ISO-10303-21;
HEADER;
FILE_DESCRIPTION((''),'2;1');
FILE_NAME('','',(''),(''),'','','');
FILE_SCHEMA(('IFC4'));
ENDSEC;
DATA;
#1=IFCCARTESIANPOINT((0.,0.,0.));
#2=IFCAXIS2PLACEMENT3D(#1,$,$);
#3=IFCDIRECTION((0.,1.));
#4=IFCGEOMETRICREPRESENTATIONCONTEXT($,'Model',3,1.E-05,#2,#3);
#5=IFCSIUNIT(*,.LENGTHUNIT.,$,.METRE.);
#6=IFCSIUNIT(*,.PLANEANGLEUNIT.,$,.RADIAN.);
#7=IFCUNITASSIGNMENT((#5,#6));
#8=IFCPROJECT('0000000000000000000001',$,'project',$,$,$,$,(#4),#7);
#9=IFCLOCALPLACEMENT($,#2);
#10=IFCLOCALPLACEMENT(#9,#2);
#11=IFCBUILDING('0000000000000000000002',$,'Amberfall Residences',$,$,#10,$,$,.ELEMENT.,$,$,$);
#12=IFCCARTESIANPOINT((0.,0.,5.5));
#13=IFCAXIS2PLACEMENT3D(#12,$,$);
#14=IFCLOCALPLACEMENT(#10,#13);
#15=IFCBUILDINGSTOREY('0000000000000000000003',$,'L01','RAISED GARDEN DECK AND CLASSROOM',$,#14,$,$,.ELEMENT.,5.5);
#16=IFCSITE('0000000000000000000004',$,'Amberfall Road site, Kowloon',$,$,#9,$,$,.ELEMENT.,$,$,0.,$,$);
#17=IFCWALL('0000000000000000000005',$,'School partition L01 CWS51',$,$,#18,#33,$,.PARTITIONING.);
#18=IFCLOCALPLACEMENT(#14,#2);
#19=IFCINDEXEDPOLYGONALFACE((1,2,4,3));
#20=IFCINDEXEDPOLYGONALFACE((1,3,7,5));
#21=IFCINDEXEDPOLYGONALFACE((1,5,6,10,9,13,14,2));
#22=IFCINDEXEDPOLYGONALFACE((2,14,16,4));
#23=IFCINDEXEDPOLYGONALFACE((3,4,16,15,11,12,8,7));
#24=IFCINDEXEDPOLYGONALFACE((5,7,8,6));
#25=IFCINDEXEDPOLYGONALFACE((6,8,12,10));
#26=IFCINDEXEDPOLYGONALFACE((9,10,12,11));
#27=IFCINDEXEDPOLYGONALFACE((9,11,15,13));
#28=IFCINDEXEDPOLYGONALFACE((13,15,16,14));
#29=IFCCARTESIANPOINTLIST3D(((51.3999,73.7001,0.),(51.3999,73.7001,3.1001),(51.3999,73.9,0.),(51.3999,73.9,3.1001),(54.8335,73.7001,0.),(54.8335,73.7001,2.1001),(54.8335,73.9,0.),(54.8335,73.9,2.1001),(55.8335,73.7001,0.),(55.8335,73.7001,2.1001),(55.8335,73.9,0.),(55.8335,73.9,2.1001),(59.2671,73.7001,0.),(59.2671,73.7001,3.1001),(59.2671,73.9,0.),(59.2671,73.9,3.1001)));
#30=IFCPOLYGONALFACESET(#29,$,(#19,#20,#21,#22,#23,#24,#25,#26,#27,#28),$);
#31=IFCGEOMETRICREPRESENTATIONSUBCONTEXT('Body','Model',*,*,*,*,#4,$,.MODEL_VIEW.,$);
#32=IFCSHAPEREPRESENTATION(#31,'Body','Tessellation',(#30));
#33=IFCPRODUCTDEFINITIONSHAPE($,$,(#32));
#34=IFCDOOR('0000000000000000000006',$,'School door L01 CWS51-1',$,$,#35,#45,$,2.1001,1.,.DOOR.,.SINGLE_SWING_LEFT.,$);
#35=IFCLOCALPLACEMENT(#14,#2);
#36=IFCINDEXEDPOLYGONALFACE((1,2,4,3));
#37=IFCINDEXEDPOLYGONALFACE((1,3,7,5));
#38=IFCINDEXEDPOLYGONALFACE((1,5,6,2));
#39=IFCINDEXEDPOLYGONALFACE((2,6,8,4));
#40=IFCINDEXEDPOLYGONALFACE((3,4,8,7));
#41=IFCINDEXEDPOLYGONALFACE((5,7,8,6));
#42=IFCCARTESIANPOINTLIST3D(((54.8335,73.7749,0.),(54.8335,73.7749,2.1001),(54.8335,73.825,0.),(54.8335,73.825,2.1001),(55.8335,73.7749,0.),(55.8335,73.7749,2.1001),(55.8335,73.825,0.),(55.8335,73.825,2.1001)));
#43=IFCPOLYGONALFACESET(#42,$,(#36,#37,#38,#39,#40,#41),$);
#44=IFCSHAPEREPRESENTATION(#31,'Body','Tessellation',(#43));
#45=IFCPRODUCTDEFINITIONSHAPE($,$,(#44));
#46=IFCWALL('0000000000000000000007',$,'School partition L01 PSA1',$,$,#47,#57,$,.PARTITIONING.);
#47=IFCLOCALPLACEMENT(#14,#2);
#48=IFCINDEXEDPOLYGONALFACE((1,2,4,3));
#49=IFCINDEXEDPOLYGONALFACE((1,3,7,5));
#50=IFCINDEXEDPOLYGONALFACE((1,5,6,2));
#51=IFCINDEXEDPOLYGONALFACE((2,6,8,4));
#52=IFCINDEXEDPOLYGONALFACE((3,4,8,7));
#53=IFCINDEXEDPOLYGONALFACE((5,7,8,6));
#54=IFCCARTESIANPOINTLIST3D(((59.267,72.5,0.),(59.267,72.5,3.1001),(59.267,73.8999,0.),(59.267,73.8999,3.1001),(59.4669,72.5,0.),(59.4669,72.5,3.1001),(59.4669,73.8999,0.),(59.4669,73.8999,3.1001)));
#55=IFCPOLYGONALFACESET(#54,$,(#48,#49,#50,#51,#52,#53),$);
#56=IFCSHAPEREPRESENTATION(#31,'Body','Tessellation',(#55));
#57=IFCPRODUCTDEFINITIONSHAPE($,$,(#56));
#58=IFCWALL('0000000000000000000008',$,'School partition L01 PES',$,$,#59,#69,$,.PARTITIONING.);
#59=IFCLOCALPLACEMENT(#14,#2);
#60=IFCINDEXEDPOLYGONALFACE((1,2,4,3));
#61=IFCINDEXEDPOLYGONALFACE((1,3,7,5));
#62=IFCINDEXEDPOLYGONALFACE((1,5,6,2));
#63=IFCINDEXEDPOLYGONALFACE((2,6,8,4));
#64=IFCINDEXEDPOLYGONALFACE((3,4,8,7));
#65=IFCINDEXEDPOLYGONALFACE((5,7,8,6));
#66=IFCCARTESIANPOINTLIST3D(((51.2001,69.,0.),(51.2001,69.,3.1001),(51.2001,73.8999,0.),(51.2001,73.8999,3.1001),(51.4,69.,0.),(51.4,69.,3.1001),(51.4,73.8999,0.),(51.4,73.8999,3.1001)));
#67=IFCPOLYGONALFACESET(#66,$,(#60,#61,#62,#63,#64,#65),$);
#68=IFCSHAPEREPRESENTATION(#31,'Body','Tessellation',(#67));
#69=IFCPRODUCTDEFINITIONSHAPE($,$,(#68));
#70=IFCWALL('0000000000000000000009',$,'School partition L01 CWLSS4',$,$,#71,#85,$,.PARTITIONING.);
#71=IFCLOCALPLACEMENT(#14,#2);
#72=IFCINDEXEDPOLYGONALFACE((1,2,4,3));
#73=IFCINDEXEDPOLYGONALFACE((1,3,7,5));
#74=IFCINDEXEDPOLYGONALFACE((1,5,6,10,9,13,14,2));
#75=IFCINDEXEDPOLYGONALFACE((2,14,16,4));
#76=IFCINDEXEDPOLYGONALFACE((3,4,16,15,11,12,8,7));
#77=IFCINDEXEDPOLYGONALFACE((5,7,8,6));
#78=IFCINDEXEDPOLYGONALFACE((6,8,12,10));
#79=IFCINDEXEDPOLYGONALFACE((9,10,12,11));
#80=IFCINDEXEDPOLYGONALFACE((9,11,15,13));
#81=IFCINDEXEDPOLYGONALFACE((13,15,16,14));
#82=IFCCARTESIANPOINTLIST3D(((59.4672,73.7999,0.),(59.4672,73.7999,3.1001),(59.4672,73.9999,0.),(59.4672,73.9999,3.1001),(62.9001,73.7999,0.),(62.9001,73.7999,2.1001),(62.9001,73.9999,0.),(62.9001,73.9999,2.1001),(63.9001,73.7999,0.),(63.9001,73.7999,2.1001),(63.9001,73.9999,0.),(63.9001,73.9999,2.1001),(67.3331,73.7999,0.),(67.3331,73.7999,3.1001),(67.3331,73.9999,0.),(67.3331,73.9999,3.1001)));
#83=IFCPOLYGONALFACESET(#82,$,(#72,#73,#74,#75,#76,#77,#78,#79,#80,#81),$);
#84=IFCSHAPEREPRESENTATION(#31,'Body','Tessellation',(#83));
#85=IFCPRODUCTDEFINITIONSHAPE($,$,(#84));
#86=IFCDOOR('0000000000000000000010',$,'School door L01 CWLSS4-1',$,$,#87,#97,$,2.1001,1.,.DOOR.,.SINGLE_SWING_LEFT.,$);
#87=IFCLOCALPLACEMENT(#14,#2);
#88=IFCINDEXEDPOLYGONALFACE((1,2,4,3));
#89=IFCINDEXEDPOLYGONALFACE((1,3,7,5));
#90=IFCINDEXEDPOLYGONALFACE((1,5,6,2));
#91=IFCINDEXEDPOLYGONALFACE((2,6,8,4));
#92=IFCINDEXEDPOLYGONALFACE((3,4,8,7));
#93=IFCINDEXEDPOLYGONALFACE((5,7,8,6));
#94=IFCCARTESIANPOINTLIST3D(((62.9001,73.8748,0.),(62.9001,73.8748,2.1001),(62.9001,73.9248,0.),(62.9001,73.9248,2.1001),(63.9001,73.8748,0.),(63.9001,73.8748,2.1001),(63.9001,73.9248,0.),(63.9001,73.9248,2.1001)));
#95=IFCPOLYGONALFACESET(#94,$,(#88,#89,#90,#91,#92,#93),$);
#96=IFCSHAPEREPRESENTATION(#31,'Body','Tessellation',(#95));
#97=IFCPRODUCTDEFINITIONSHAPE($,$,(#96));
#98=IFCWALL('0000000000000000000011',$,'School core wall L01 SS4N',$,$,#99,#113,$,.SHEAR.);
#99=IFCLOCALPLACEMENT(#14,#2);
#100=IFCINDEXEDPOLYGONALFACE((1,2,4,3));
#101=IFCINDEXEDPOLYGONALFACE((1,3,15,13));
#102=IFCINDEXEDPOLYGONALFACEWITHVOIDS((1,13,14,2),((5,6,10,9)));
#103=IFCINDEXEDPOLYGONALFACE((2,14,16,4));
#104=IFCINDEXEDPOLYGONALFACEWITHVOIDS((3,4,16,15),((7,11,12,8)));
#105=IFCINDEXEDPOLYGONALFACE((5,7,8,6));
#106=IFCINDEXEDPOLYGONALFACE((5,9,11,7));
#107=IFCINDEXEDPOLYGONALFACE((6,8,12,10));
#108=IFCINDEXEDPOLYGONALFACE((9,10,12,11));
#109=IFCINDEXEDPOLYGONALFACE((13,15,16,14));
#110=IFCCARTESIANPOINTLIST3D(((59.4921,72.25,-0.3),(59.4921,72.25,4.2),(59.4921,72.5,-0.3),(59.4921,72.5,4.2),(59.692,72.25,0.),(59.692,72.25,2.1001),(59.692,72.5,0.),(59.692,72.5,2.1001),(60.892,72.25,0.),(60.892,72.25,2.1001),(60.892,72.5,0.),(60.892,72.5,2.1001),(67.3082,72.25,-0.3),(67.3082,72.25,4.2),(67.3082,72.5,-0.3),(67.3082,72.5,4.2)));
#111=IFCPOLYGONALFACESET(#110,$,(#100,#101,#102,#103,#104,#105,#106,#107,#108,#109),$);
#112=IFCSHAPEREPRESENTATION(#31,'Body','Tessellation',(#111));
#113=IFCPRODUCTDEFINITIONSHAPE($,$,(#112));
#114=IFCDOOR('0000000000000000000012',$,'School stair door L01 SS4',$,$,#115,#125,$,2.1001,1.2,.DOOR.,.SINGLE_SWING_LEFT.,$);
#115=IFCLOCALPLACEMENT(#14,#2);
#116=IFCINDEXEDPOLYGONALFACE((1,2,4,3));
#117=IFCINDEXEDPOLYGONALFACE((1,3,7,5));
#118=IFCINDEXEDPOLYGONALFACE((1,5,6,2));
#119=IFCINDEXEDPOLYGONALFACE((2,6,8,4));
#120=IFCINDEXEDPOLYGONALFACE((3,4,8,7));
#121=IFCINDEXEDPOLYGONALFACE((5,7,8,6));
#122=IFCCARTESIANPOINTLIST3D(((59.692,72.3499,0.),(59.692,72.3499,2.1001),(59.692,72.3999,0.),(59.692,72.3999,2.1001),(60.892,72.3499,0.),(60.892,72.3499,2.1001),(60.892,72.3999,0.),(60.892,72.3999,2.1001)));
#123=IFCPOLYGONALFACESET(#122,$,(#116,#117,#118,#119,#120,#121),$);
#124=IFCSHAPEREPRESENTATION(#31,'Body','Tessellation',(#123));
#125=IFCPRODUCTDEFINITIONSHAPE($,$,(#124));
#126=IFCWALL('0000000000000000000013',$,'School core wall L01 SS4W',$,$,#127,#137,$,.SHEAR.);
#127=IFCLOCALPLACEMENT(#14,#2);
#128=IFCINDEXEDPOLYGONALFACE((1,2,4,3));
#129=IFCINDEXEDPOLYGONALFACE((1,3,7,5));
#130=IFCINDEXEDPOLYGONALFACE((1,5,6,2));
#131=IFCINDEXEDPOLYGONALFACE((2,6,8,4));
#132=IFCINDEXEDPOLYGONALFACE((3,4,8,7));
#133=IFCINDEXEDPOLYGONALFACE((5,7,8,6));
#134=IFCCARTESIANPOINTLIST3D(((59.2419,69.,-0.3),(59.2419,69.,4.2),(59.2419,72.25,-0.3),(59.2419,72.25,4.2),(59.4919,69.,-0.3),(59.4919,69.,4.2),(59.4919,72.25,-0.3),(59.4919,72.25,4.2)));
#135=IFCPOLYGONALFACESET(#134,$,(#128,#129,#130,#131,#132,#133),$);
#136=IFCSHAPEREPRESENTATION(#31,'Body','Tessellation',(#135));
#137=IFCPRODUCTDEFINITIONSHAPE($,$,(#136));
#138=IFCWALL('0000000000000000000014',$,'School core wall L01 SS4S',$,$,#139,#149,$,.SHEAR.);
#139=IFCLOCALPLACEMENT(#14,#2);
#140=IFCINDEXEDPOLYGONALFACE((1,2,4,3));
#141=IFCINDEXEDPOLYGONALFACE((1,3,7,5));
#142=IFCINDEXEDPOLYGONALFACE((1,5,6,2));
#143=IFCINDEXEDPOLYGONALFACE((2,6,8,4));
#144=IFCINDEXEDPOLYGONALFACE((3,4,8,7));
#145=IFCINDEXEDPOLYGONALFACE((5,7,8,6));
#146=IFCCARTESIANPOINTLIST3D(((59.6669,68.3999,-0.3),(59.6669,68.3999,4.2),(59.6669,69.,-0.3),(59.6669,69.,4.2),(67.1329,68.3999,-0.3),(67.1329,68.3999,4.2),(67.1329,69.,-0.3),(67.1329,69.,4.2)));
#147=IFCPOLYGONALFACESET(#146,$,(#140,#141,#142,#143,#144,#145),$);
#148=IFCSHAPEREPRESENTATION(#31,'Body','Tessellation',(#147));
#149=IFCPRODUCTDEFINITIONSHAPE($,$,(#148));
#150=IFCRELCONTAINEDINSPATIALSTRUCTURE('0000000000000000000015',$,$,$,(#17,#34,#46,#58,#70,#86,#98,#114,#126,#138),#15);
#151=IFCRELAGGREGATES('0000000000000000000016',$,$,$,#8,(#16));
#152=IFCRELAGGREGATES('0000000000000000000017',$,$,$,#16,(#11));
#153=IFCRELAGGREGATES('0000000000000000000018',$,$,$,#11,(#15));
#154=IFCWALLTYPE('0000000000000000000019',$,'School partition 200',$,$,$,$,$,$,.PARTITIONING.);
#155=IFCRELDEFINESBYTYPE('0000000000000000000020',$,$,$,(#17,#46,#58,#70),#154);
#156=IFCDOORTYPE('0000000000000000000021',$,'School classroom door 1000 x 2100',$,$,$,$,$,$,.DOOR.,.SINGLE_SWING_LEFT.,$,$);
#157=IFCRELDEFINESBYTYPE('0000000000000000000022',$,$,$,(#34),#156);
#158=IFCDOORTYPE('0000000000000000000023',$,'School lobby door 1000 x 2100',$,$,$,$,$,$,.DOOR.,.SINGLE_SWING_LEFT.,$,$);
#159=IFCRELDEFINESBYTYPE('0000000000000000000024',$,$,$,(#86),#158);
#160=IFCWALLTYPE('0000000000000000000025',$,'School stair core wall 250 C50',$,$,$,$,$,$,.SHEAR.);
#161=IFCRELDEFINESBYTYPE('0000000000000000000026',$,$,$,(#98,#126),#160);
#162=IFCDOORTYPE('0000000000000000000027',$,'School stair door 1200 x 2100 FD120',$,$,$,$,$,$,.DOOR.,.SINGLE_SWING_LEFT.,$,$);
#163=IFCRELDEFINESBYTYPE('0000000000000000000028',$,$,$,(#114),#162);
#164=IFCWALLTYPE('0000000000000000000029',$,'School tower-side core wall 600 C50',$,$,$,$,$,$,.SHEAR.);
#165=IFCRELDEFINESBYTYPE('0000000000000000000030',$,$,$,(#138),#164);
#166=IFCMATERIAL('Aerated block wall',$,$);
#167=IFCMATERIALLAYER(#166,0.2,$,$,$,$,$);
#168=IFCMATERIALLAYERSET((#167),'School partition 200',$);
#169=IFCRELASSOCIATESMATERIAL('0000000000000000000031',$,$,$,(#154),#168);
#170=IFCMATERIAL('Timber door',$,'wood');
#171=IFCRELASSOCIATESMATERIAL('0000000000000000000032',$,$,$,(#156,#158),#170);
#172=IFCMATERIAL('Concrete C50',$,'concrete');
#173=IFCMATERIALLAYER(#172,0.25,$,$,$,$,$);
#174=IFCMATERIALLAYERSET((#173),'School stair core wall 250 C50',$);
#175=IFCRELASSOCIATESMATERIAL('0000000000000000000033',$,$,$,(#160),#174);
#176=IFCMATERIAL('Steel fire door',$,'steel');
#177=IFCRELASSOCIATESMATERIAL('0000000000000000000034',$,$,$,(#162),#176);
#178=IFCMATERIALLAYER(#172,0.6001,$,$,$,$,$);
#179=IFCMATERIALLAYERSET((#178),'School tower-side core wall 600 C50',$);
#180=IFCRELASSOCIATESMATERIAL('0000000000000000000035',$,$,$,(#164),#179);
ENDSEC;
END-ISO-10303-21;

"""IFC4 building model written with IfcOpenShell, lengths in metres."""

from ifc_helpers import new_model, si_unit, direction, frame, frame_2d, origin, place, context, subcontext, project, spatial, rectangle, extrude, material, layer, layer_set, type_object, element, fill, save


model = new_model("IFC4")

# Units and contexts
model_context = context("Model", 3, precision=1e-05, world=origin(), true_north=direction((0.0, 1.0)))
body_context = subcontext(model_context, "Body", "Model", "MODEL_VIEW")
ifc_project = project(units=[si_unit("LENGTHUNIT", "METRE"), si_unit("PLANEANGLEUNIT", "RADIAN")], contexts=[model_context])

# Site, building, storey
site_placement = place(None, origin())
site = spatial("IfcSite", under=ifc_project, at=site_placement, Name="Amberfall Road site, Kowloon", CompositionType="ELEMENT", RefElevation=0.0)
building_placement = place(site_placement, origin())
building = spatial("IfcBuilding", under=site, at=building_placement, Name="Amberfall Residences", CompositionType="ELEMENT")
storey_placement = place(building_placement, frame((0.0, 0.0, 5.5)))
storey = spatial("IfcBuildingStorey", under=building, at=storey_placement, Name="L01", Description="RAISED GARDEN DECK AND CLASSROOM", CompositionType="ELEMENT", Elevation=5.5)

# Shared definitions
ifc_material_1 = material(Name="Concrete C50", Category="concrete")

# Shared definitions
ifc_material_2 = material(Name="Aerated block wall")

# Shared definitions
ifc_layer_1 = layer(ifc_material_2, 0.2)
ifc_layer_set_1 = layer_set([ifc_layer_1], Name="School partition 200")
wall_type_1 = type_object("IfcWallType", Name="School partition 200", PredefinedType="PARTITIONING", material=ifc_layer_set_1)

# Shared definitions
ifc_material_3 = material(Name="Timber door", Category="wood")
door_type_1 = type_object("IfcDoorType", Name="School classroom door 1000 x 2100", OperationType="SINGLE_SWING_LEFT", PredefinedType="DOOR", material=ifc_material_3)

# Wall, opening, door
wall_1_placement = place(storey_placement, frame((51.3999, 73.8, 0.0), z_axis=(0.0, 0.0, 1.0), x_axis=(1.0, 0.0, 0.0)))
wall_1 = element("IfcWall", 1, at=wall_1_placement, inside=storey, type_object=wall_type_1, Name="School partition L01 CWS51", PredefinedType="PARTITIONING", context=body_context, shape_type="SweptSolid", body=[
    extrude(rectangle(XDim=7.8672, YDim=0.2, at=frame_2d((3.9336, 0.0))), origin(), (0.0, 0.0, 1.0), 3.1001),
])
opening_1_placement = place(wall_1_placement, frame((3.4336, 0.0, 0.0)))
opening_1 = element("IfcOpeningElement", 2, at=opening_1_placement, cuts=wall_1, PredefinedType="OPENING", context=body_context, shape_type="SweptSolid", body=[
    extrude(rectangle(XDim=1.0, YDim=2.1001, at=frame_2d((0.5, 1.05))), frame((0.0, 0.1099, 0.0), z_axis=(0.0, -1.0, 0.0), x_axis=(1.0, 0.0, 0.0)), (0.0, 0.0, 1.0), 0.22),
])
door_1_placement = place(opening_1_placement, origin())
door_1 = element("IfcDoor", 3, at=door_1_placement, inside=storey, type_object=door_type_1, Name="School door L01 CWS51-1", OperationType="SINGLE_SWING_LEFT", OverallHeight=2.1001, OverallWidth=1.0, PredefinedType="DOOR", context=body_context, shape_type="SweptSolid", body=[
    extrude(rectangle(XDim=1.0, YDim=2.1001, at=frame_2d((0.5, 1.05))), frame((0.0, 0.0249, 0.0), z_axis=(0.0, -1.0, 0.0), x_axis=(1.0, 0.0, 0.0)), (0.0, 0.0, 1.0), 0.05),
])
fill(opening_1, door_1)

# Walls
wall_2_placement = place(storey_placement, frame((59.3669, 72.5, 0.0), z_axis=(0.0, 0.0, 1.0), x_axis=(0.0, 1.0, 0.0)))
element("IfcWall", 4, at=wall_2_placement, inside=storey, type_object=wall_type_1, Name="School partition L01 PSA1", PredefinedType="PARTITIONING", context=body_context, shape_type="SweptSolid", body=[
    extrude(rectangle(XDim=1.3999, YDim=0.2, at=frame_2d((0.7, 0.0))), origin(), (0.0, 0.0, 1.0), 3.1001),
])
wall_3_placement = place(storey_placement, frame((51.3, 69.0, 0.0), z_axis=(0.0, 0.0, 1.0), x_axis=(0.0, 1.0, 0.0)))
element("IfcWall", 5, at=wall_3_placement, inside=storey, type_object=wall_type_1, Name="School partition L01 PES", PredefinedType="PARTITIONING", context=body_context, shape_type="SweptSolid", body=[
    extrude(rectangle(XDim=4.8999, YDim=0.2, at=frame_2d((2.45, 0.0))), origin(), (0.0, 0.0, 1.0), 3.1001),
])

# Walls, openings, doors
wall_4_placement = place(storey_placement, frame((59.467, 73.8999, 0.0), z_axis=(0.0, 0.0, 1.0), x_axis=(1.0, 0.0, 0.0)))
wall_4 = element("IfcWall", 6, at=wall_4_placement, inside=storey, type_object=wall_type_1, Name="School partition L01 CWLSS4", PredefinedType="PARTITIONING", context=body_context, shape_type="SweptSolid", body=[
    extrude(rectangle(XDim=7.866, YDim=0.2, at=frame_2d((3.9331, 0.0))), origin(), (0.0, 0.0, 1.0), 3.1001),
])
opening_2_placement = place(wall_4_placement, frame((3.4331, 0.0, 0.0)))
opening_2 = element("IfcOpeningElement", 7, at=opening_2_placement, cuts=wall_4, PredefinedType="OPENING", context=body_context, shape_type="SweptSolid", body=[
    extrude(rectangle(XDim=1.0, YDim=2.1001, at=frame_2d((0.5, 1.05))), frame((0.0, 0.1099, 0.0), z_axis=(0.0, -1.0, 0.0), x_axis=(1.0, 0.0, 0.0)), (0.0, 0.0, 1.0), 0.22),
])
door_type_2 = type_object("IfcDoorType", Name="School lobby door 1000 x 2100", OperationType="SINGLE_SWING_LEFT", PredefinedType="DOOR", material=ifc_material_3)
door_2_placement = place(opening_2_placement, origin())
door_2 = element("IfcDoor", 8, at=door_2_placement, inside=storey, type_object=door_type_2, Name="School door L01 CWLSS4-1", OperationType="SINGLE_SWING_LEFT", OverallHeight=2.1001, OverallWidth=1.0, PredefinedType="DOOR", context=body_context, shape_type="SweptSolid", body=[
    extrude(rectangle(XDim=1.0, YDim=2.1001, at=frame_2d((0.5, 1.05))), frame((0.0, 0.0249, 0.0), z_axis=(0.0, -1.0, 0.0), x_axis=(1.0, 0.0, 0.0)), (0.0, 0.0, 1.0), 0.05),
])
fill(opening_2, door_2)
ifc_layer_2 = layer(ifc_material_1, 0.25)
ifc_layer_set_2 = layer_set([ifc_layer_2], Name="School stair core wall 250 C50")
wall_type_2 = type_object("IfcWallType", Name="School stair core wall 250 C50", PredefinedType="SHEAR", material=ifc_layer_set_2)
wall_5_placement = place(storey_placement, frame((59.4919, 72.375, -0.3), z_axis=(0.0, 0.0, 1.0), x_axis=(1.0, 0.0, 0.0)))
wall_5 = element("IfcWall", 9, at=wall_5_placement, inside=storey, type_object=wall_type_2, Name="School core wall L01 SS4N", PredefinedType="SHEAR", context=body_context, shape_type="SweptSolid", body=[
    extrude(rectangle(XDim=7.8162, YDim=0.25, at=frame_2d((3.9082, 0.0))), origin(), (0.0, 0.0, 1.0), 4.5),
])
opening_3_placement = place(wall_5_placement, frame((0.2, 0.0, 0.3)))
opening_3 = element("IfcOpeningElement", 10, at=opening_3_placement, cuts=wall_5, PredefinedType="OPENING", context=body_context, shape_type="SweptSolid", body=[
    extrude(rectangle(XDim=1.2, YDim=2.1001, at=frame_2d((0.6001, 1.05))), frame((0.0, 0.135, 0.0), z_axis=(0.0, -1.0, 0.0), x_axis=(1.0, 0.0, 0.0)), (0.0, 0.0, 1.0), 0.27),
])
ifc_material_4 = material(Name="Steel fire door", Category="steel")
door_type_3 = type_object("IfcDoorType", Name="School stair door 1200 x 2100 FD120", OperationType="SINGLE_SWING_LEFT", PredefinedType="DOOR", material=ifc_material_4)
door_3_placement = place(opening_3_placement, origin())
door_3 = element("IfcDoor", 11, at=door_3_placement, inside=storey, type_object=door_type_3, Name="School stair door L01 SS4", OperationType="SINGLE_SWING_LEFT", OverallHeight=2.1001, OverallWidth=1.2, PredefinedType="DOOR", context=body_context, shape_type="SweptSolid", body=[
    extrude(rectangle(XDim=1.2, YDim=2.1001, at=frame_2d((0.6001, 1.05))), frame((0.0, 0.0249, 0.0), z_axis=(0.0, -1.0, 0.0), x_axis=(1.0, 0.0, 0.0)), (0.0, 0.0, 1.0), 0.05),
])
fill(opening_3, door_3)

# Walls
wall_6_placement = place(storey_placement, frame((59.3669, 69.0, -0.3), z_axis=(0.0, 0.0, 1.0), x_axis=(0.0, 1.0, 0.0)))
element("IfcWall", 12, at=wall_6_placement, inside=storey, type_object=wall_type_2, Name="School core wall L01 SS4W", PredefinedType="SHEAR", context=body_context, shape_type="SweptSolid", body=[
    extrude(rectangle(XDim=3.25, YDim=0.25, at=frame_2d((1.625, 0.0))), origin(), (0.0, 0.0, 1.0), 4.5),
])
ifc_layer_3 = layer(ifc_material_1, 0.6001)
ifc_layer_set_3 = layer_set([ifc_layer_3], Name="School tower-side core wall 600 C50")
wall_type_3 = type_object("IfcWallType", Name="School tower-side core wall 600 C50", PredefinedType="SHEAR", material=ifc_layer_set_3)
wall_7_placement = place(storey_placement, frame((59.667, 68.7, -0.3), z_axis=(0.0, 0.0, 1.0), x_axis=(1.0, 0.0, 0.0)))
element("IfcWall", 13, at=wall_7_placement, inside=storey, type_object=wall_type_3, Name="School core wall L01 SS4S", PredefinedType="SHEAR", context=body_context, shape_type="SweptSolid", body=[
    extrude(rectangle(XDim=7.4661, YDim=0.6001, at=frame_2d((3.7329, 0.0))), origin(), (0.0, 0.0, 1.0), 4.5),
])

save(model, "model.ifc")
